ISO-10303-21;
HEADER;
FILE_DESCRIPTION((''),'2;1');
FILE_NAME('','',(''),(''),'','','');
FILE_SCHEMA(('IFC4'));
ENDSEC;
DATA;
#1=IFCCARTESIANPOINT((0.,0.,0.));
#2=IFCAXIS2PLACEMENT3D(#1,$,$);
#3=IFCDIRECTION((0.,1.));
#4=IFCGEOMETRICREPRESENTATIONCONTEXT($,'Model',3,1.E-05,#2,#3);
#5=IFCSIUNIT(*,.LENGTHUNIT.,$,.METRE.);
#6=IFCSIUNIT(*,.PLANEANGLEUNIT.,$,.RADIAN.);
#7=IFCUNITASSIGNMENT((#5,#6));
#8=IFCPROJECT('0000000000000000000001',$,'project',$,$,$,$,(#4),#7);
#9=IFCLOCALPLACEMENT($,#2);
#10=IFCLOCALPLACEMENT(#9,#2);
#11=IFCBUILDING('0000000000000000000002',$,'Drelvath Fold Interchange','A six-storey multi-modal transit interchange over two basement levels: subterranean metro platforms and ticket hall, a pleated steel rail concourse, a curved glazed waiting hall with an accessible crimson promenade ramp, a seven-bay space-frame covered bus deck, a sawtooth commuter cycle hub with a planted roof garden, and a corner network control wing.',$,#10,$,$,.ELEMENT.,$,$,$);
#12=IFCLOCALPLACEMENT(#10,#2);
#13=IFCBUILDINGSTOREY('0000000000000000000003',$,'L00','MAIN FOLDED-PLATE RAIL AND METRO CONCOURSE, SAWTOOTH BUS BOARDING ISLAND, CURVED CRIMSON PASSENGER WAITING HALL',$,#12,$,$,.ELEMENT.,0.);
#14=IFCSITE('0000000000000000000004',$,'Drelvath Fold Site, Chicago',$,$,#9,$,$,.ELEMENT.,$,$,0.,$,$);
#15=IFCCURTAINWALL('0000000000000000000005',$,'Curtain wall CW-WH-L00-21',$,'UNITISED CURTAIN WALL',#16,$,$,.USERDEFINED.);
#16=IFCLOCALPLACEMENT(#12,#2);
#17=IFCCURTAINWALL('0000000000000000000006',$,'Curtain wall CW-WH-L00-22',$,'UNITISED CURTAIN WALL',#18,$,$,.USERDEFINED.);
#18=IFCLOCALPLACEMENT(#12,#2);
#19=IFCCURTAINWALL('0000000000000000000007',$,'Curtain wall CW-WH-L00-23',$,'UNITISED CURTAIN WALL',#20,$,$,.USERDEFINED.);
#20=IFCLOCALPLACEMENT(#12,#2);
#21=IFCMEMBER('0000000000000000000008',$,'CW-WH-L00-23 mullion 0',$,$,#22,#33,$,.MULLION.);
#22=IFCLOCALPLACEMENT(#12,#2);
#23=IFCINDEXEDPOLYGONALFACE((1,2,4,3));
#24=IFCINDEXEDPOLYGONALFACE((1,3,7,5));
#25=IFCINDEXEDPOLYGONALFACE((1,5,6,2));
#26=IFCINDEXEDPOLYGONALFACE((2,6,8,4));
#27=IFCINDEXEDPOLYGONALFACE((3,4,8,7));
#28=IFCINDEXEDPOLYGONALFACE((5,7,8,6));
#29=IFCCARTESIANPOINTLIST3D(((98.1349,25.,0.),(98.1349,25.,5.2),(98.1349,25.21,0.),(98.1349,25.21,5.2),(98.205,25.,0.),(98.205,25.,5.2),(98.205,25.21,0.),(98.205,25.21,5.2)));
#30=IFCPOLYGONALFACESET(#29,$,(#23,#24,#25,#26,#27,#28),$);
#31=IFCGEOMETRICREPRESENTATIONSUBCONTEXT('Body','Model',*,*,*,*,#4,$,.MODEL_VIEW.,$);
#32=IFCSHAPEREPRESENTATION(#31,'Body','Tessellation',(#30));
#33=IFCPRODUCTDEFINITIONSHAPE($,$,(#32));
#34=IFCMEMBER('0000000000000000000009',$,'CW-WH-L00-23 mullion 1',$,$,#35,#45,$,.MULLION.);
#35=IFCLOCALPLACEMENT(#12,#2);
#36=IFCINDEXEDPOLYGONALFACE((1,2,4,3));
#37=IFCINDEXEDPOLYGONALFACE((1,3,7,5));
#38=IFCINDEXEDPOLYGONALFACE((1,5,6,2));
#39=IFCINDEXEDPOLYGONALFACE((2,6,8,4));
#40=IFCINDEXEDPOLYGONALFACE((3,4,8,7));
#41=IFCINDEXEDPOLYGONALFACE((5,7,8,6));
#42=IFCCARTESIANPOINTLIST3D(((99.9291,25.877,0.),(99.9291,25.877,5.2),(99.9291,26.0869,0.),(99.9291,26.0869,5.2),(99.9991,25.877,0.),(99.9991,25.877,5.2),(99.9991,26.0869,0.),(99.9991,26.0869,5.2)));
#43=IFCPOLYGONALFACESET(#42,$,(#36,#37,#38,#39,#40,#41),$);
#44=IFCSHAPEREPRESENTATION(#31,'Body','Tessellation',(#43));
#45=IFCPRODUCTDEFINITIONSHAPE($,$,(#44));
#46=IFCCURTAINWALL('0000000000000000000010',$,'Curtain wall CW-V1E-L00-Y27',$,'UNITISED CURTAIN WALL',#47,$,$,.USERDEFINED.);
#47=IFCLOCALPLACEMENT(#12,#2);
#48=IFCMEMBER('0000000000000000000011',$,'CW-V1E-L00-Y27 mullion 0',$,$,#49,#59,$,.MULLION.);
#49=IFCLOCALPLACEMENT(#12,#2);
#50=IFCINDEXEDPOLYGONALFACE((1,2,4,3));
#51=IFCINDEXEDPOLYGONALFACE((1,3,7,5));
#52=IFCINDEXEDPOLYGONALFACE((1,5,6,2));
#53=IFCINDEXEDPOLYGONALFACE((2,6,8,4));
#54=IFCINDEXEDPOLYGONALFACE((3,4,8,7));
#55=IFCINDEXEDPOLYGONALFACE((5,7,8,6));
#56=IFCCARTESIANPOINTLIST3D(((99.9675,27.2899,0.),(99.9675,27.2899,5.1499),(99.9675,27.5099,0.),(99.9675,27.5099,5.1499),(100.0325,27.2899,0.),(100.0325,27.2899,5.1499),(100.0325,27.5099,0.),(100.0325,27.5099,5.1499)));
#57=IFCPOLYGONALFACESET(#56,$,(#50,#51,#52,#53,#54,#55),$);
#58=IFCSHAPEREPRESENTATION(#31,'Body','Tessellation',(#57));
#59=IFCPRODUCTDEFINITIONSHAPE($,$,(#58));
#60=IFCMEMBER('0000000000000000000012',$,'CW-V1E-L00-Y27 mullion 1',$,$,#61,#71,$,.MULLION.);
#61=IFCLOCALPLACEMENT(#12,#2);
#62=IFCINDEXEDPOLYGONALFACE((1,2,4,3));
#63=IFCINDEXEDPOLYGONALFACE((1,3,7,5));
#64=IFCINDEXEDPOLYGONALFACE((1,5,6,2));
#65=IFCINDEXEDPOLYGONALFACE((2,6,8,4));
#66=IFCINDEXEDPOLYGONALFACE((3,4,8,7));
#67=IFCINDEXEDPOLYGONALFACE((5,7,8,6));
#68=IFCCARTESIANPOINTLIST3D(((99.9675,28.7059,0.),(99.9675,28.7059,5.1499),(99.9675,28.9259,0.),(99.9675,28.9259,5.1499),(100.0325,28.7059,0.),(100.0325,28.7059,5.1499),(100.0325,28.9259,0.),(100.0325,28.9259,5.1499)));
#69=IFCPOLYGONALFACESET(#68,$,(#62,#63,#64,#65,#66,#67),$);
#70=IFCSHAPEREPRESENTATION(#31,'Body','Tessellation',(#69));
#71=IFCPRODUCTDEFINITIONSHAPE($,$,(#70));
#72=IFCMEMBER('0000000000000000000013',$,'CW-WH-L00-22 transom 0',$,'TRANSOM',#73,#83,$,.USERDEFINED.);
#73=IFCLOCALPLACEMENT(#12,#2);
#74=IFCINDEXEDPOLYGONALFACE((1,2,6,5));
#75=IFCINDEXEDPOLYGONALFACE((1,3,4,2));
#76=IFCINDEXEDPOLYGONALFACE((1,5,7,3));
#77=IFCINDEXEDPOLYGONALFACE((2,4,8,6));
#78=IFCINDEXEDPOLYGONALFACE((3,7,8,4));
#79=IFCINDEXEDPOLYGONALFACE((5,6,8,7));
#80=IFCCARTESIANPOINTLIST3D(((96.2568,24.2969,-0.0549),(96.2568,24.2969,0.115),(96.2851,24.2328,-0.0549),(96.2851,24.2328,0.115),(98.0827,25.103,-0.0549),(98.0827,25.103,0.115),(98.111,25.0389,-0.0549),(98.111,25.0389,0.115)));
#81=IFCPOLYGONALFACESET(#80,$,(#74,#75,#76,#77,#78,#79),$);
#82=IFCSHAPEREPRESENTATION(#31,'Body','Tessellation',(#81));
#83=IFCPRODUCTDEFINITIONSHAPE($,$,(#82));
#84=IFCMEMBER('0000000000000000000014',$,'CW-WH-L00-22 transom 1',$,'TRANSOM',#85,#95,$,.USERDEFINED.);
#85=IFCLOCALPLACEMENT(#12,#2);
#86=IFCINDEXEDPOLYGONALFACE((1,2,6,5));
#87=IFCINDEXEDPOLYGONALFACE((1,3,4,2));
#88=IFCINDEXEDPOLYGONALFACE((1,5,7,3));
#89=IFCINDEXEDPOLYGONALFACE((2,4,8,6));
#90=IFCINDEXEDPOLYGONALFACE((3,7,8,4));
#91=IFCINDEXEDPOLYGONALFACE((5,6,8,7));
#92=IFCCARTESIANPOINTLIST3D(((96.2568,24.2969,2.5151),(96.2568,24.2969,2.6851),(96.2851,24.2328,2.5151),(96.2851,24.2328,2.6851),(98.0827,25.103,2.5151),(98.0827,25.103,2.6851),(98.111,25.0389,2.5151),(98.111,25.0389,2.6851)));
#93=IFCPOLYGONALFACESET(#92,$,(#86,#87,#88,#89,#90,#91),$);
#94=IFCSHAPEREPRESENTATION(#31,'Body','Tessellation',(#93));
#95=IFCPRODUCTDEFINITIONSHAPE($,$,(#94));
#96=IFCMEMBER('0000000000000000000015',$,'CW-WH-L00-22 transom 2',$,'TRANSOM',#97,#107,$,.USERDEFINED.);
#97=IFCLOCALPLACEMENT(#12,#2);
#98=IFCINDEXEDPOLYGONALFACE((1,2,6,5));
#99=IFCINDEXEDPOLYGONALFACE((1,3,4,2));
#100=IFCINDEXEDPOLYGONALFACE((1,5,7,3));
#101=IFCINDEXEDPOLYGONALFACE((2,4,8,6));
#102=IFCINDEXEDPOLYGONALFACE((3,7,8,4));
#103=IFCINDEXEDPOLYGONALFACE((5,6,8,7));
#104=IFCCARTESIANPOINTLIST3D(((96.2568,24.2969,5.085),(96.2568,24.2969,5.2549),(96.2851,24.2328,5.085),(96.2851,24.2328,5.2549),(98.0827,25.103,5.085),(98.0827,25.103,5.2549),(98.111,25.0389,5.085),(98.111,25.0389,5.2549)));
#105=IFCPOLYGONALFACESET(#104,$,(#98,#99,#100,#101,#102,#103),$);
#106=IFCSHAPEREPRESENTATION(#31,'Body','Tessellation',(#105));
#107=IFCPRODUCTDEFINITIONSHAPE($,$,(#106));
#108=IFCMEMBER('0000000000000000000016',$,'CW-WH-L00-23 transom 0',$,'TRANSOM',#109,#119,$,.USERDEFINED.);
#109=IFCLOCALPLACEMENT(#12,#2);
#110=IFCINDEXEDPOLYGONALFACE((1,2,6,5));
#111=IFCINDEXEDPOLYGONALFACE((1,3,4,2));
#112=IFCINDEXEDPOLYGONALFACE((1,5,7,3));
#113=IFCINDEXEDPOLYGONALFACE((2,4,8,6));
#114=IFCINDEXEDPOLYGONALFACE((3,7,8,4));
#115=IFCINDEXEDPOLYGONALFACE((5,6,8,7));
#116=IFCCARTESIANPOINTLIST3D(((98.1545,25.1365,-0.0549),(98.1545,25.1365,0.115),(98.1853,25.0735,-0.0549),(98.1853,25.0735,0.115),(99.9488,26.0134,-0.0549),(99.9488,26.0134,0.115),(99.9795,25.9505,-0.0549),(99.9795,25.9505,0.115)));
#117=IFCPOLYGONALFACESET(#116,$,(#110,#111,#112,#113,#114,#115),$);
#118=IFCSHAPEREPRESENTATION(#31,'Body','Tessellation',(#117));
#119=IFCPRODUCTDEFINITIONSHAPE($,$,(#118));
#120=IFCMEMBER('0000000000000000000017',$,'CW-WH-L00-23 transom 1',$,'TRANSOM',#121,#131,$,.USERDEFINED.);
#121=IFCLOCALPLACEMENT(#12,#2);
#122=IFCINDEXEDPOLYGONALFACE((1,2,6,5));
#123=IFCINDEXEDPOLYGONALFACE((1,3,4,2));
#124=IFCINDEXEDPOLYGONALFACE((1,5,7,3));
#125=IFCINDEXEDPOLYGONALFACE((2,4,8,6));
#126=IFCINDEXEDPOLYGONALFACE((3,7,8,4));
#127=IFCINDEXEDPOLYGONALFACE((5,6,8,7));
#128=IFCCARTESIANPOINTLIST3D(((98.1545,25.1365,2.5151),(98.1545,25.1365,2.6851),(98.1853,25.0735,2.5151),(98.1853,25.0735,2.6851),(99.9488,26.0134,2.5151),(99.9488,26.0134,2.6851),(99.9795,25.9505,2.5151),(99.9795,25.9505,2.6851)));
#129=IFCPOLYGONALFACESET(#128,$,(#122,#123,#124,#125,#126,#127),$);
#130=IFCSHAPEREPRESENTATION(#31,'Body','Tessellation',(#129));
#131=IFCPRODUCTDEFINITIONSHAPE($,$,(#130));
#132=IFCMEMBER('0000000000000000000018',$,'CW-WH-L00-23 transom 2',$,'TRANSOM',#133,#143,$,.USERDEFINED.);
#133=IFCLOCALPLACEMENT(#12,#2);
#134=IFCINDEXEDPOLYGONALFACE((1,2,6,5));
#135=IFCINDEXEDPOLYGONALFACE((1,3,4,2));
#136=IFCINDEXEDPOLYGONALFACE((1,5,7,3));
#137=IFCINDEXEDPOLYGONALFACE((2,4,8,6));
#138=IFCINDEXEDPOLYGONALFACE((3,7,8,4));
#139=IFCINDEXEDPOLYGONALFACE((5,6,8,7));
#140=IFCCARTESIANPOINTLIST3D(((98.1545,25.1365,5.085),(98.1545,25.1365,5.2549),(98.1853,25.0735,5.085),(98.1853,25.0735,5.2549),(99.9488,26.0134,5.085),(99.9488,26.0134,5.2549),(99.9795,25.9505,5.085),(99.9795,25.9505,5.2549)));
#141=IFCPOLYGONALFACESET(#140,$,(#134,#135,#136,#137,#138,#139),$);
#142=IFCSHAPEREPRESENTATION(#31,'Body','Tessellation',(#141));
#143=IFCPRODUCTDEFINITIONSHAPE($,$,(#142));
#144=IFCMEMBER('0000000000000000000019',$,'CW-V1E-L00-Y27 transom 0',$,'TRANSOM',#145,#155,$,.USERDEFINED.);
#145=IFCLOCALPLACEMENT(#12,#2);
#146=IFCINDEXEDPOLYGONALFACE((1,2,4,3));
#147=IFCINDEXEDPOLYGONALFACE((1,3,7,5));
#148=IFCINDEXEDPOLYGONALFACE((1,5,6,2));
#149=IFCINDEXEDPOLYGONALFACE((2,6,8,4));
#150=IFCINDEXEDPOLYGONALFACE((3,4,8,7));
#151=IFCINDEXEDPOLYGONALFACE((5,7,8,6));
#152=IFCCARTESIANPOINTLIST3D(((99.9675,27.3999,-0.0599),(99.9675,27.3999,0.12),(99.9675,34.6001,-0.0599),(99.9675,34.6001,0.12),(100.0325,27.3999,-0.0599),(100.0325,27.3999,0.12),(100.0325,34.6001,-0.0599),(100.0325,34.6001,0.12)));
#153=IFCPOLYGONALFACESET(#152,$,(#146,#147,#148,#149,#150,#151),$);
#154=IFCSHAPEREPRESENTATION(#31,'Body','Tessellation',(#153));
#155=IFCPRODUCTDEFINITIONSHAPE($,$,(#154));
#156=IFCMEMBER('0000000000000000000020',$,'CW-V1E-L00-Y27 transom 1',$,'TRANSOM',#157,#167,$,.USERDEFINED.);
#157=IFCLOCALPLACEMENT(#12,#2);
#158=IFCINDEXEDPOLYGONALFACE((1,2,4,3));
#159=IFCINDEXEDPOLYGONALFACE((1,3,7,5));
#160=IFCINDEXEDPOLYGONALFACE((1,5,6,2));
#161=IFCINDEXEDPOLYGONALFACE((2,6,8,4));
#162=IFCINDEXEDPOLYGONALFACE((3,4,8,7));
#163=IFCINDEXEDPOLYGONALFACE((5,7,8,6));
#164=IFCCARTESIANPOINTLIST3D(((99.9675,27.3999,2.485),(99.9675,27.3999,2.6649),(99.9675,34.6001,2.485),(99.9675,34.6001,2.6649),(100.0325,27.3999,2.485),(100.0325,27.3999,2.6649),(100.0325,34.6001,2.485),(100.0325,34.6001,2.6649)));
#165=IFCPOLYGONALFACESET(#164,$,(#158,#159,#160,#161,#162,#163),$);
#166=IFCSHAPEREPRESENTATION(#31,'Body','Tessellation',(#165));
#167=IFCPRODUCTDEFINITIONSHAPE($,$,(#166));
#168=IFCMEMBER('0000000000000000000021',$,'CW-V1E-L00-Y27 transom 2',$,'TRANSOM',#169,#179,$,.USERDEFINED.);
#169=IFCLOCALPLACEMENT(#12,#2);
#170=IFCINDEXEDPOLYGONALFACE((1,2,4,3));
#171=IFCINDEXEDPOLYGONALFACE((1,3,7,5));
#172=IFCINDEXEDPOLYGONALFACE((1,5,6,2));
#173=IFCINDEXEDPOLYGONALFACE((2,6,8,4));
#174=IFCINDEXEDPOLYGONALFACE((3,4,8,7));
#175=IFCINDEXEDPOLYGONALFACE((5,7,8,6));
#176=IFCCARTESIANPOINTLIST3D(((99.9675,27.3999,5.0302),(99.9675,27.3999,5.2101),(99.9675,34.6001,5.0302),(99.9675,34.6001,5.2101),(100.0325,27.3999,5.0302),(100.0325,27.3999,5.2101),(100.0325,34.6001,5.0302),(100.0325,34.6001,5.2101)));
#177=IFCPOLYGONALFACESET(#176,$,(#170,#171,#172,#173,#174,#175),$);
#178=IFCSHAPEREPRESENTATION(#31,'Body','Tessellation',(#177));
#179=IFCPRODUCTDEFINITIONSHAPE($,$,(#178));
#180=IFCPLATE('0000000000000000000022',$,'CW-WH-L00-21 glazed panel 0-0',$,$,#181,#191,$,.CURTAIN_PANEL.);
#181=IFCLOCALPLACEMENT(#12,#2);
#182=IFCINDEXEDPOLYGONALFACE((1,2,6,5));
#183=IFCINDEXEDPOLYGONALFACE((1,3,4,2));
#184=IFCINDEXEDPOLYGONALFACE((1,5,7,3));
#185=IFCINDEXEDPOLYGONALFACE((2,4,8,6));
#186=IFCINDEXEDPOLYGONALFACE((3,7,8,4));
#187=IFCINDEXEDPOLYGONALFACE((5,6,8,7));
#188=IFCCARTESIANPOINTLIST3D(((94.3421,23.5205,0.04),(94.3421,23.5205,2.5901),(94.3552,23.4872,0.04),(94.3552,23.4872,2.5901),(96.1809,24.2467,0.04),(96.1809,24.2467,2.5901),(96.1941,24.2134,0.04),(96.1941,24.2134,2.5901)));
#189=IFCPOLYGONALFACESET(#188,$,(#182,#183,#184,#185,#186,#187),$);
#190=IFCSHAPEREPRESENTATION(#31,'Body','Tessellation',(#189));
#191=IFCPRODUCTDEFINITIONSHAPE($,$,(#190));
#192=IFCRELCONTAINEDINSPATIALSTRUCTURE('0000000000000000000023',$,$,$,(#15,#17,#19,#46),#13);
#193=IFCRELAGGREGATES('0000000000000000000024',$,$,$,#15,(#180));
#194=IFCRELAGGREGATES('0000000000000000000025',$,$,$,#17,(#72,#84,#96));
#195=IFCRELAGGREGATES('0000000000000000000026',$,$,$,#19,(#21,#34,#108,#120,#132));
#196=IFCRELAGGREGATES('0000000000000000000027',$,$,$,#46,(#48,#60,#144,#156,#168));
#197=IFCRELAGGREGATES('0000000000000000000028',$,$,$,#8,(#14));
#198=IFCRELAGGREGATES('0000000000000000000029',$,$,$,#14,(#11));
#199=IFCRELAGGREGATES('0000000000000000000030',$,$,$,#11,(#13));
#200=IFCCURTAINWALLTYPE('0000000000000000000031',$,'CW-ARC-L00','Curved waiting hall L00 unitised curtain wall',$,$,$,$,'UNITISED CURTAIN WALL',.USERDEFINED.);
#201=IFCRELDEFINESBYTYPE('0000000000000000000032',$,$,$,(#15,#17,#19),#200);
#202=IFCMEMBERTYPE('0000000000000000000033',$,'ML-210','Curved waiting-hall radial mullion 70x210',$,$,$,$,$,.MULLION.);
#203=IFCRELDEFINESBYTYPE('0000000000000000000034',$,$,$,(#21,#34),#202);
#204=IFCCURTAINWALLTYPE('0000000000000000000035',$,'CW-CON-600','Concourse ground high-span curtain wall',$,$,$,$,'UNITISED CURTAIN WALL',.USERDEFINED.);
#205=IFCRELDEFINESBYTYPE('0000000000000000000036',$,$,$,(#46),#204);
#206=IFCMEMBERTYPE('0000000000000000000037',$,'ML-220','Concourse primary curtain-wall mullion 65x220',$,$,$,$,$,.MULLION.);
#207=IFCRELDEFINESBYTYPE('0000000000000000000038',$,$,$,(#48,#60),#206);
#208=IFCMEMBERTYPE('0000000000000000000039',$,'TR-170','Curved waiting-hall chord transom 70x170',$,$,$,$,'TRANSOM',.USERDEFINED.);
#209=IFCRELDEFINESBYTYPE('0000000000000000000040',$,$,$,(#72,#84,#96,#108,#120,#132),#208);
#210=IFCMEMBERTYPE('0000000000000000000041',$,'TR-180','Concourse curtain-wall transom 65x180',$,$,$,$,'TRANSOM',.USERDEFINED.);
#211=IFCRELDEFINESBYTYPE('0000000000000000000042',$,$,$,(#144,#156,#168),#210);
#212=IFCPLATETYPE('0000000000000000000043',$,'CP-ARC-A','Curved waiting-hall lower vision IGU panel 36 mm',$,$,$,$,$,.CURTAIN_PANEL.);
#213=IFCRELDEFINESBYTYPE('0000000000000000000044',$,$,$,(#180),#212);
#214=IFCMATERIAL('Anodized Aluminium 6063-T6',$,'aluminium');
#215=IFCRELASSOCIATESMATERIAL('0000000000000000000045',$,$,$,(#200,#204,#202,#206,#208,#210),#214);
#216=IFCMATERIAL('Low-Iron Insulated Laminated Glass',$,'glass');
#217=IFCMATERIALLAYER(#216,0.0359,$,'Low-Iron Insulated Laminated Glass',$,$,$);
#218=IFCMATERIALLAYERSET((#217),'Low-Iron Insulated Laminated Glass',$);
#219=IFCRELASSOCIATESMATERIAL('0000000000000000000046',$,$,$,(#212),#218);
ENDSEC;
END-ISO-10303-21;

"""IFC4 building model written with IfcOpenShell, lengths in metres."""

from ifc_helpers import new_model, si_unit, direction, frame, origin, origin_2d, place, context, subcontext, project, spatial, rectangle, extrude, material, layer, layer_set, material_profile, profile_set, type_object, element, aggregate, save


model = new_model("IFC4")

# Units and contexts
model_context = context("Model", 3, precision=1e-05, world=origin(), true_north=direction((0.0, 1.0)))
body_context = subcontext(model_context, "Body", "Model", "MODEL_VIEW")
ifc_project = project(units=[si_unit("LENGTHUNIT", "METRE"), si_unit("PLANEANGLEUNIT", "RADIAN")], contexts=[model_context])

# Site, building, storey
site_placement = place(None, origin())
site = spatial("IfcSite", under=ifc_project, at=site_placement, Name="Drelvath Fold Site, Chicago", CompositionType="ELEMENT", RefElevation=0.0)
building_placement = place(site_placement, origin())
building = spatial("IfcBuilding", under=site, at=building_placement, Name="Drelvath Fold Interchange", Description="A six-storey multi-modal transit interchange over two basement levels: subterranean metro platforms and ticket hall, a pleated steel rail concourse, a curved glazed waiting hall with an accessible crimson promenade ramp, a seven-bay space-frame covered bus deck, a sawtooth commuter cycle hub with a planted roof garden, and a corner network control wing.", CompositionType="ELEMENT")
storey_placement = place(building_placement, origin())
storey = spatial("IfcBuildingStorey", under=building, at=storey_placement, Name="L00", Description="MAIN FOLDED-PLATE RAIL AND METRO CONCOURSE, SAWTOOTH BUS BOARDING ISLAND, CURVED CRIMSON PASSENGER WAITING HALL", CompositionType="ELEMENT", Elevation=0.0)

# Curtain wall
ifc_material_1 = material(Name="Anodized Aluminium 6063-T6", Category="aluminium")
curtain_wall_type_1 = type_object("IfcCurtainWallType", Name="CW-ARC-L00", Description="Curved waiting hall L00 unitised curtain wall", ElementType="UNITISED CURTAIN WALL", PredefinedType="USERDEFINED", material=ifc_material_1)
curtain_wall_1_placement = place(storey_placement, origin())
curtain_wall_1 = element("IfcCurtainWall", 1, at=curtain_wall_1_placement, inside=storey, type_object=curtain_wall_type_1, Name="Curtain wall CW-WH-L00-21", ObjectType="UNITISED CURTAIN WALL", PredefinedType="USERDEFINED")
ifc_material_profile_1 = material_profile(ifc_material_1, rectangle(XDim=0.0701, YDim=0.21, at=origin_2d()), Name="AL-M 70x210")
ifc_profile_set_1 = profile_set([ifc_material_profile_1], Name="Anodized Aluminium 6063-T6")
member_type_1 = type_object("IfcMemberType", Name="ML-210", Description="Curved waiting-hall radial mullion 70x210", PredefinedType="MULLION", material=ifc_profile_set_1)

# Curtain walls, members
curtain_wall_2_placement = place(storey_placement, origin())
curtain_wall_2 = element("IfcCurtainWall", 2, at=curtain_wall_2_placement, inside=storey, type_object=curtain_wall_type_1, Name="Curtain wall CW-WH-L00-22", ObjectType="UNITISED CURTAIN WALL", PredefinedType="USERDEFINED")
curtain_wall_3_placement = place(storey_placement, origin())
curtain_wall_3 = element("IfcCurtainWall", 3, at=curtain_wall_3_placement, inside=storey, type_object=curtain_wall_type_1, Name="Curtain wall CW-WH-L00-23", ObjectType="UNITISED CURTAIN WALL", PredefinedType="USERDEFINED")
member_1_placement = place(storey_placement, frame((98.1699, 25.105, 0.0), z_axis=(0.0, 0.0, 1.0), x_axis=(1.0, 0.0, 0.0)))
member_1 = element("IfcMember", 4, at=member_1_placement, type_object=member_type_1, Name="CW-WH-L00-23 mullion 0", PredefinedType="MULLION", context=body_context, shape_type="SweptSolid", body=[
    extrude(rectangle(XDim=0.0701, YDim=0.21, at=origin_2d()), origin(), (0.0, 0.0, 1.0), 5.2),
])
member_2_placement = place(storey_placement, frame((99.9641, 25.9819, 0.0), z_axis=(0.0, 0.0, 1.0), x_axis=(1.0, 0.0, 0.0)))
member_2 = element("IfcMember", 5, at=member_2_placement, type_object=member_type_1, Name="CW-WH-L00-23 mullion 1", PredefinedType="MULLION", context=body_context, shape_type="SweptSolid", body=[
    extrude(rectangle(XDim=0.0701, YDim=0.21, at=origin_2d()), origin(), (0.0, 0.0, 1.0), 5.2),
])
curtain_wall_type_2 = type_object("IfcCurtainWallType", Name="CW-CON-600", Description="Concourse ground high-span curtain wall", ElementType="UNITISED CURTAIN WALL", PredefinedType="USERDEFINED", material=ifc_material_1)
curtain_wall_4_placement = place(storey_placement, origin())
curtain_wall_4 = element("IfcCurtainWall", 6, at=curtain_wall_4_placement, inside=storey, type_object=curtain_wall_type_2, Name="Curtain wall CW-V1E-L00-Y27", ObjectType="UNITISED CURTAIN WALL", PredefinedType="USERDEFINED")
ifc_material_profile_2 = material_profile(ifc_material_1, rectangle(XDim=0.0649, YDim=0.22, at=origin_2d()), Name="AL-M 65x220")
ifc_profile_set_2 = profile_set([ifc_material_profile_2], Name="Anodized Aluminium 6063-T6")
member_type_2 = type_object("IfcMemberType", Name="ML-220", Description="Concourse primary curtain-wall mullion 65x220", PredefinedType="MULLION", material=ifc_profile_set_2)
member_3_placement = place(storey_placement, frame((100.0, 27.3999, 0.0), z_axis=(0.0, 0.0, 1.0), x_axis=(1.0, 0.0, 0.0)))
member_3 = element("IfcMember", 7, at=member_3_placement, type_object=member_type_2, Name="CW-V1E-L00-Y27 mullion 0", PredefinedType="MULLION", context=body_context, shape_type="SweptSolid", body=[
    extrude(rectangle(XDim=0.0649, YDim=0.22, at=origin_2d()), origin(), (0.0, 0.0, 1.0), 5.1499),
])
member_4_placement = place(storey_placement, frame((100.0, 28.8159, 0.0), z_axis=(0.0, 0.0, 1.0), x_axis=(1.0, 0.0, 0.0)))
member_4 = element("IfcMember", 8, at=member_4_placement, type_object=member_type_2, Name="CW-V1E-L00-Y27 mullion 1", PredefinedType="MULLION", context=body_context, shape_type="SweptSolid", body=[
    extrude(rectangle(XDim=0.0649, YDim=0.22, at=origin_2d()), origin(), (0.0, 0.0, 1.0), 5.1499),
])

# Members
ifc_material_profile_3 = material_profile(ifc_material_1, rectangle(XDim=0.0701, YDim=0.1699, at=origin_2d()), Name="AL-T 70x170")
ifc_profile_set_3 = profile_set([ifc_material_profile_3], Name="Anodized Aluminium 6063-T6")
member_type_3 = type_object("IfcMemberType", Name="TR-170", Description="Curved waiting-hall chord transom 70x170", ElementType="TRANSOM", PredefinedType="USERDEFINED", material=ifc_profile_set_3)
member_5_placement = place(storey_placement, frame((96.271, 24.2649, 0.03), z_axis=(0.914807, 0.40389, 0.0), x_axis=(-0.40389, 0.914807, 0.0)))
member_5 = element("IfcMember", 9, at=member_5_placement, type_object=member_type_3, Name="CW-WH-L00-22 transom 0", ObjectType="TRANSOM", PredefinedType="USERDEFINED", context=body_context, shape_type="SweptSolid", body=[
    extrude(rectangle(XDim=0.0701, YDim=0.1699, at=origin_2d()), origin(), (0.0, 0.0, 1.0), 1.9958),
])
member_6_placement = place(storey_placement, frame((96.271, 24.2649, 2.6001), z_axis=(0.914807, 0.40389, 0.0), x_axis=(-0.40389, 0.914807, 0.0)))
member_6 = element("IfcMember", 10, at=member_6_placement, type_object=member_type_3, Name="CW-WH-L00-22 transom 1", ObjectType="TRANSOM", PredefinedType="USERDEFINED", context=body_context, shape_type="SweptSolid", body=[
    extrude(rectangle(XDim=0.0701, YDim=0.1699, at=origin_2d()), origin(), (0.0, 0.0, 1.0), 1.9958),
])
member_7_placement = place(storey_placement, frame((96.271, 24.2649, 5.1699), z_axis=(0.914807, 0.40389, 0.0), x_axis=(-0.40389, 0.914807, 0.0)))
member_7 = element("IfcMember", 11, at=member_7_placement, type_object=member_type_3, Name="CW-WH-L00-22 transom 2", ObjectType="TRANSOM", PredefinedType="USERDEFINED", context=body_context, shape_type="SweptSolid", body=[
    extrude(rectangle(XDim=0.0701, YDim=0.1699, at=origin_2d()), origin(), (0.0, 0.0, 1.0), 1.9958),
])
member_8_placement = place(storey_placement, frame((98.1699, 25.105, 0.03), z_axis=(0.898425, 0.439127, 0.0), x_axis=(-0.439127, 0.898425, 0.0)))
member_8 = element("IfcMember", 12, at=member_8_placement, type_object=member_type_3, Name="CW-WH-L00-23 transom 0", ObjectType="TRANSOM", PredefinedType="USERDEFINED", context=body_context, shape_type="SweptSolid", body=[
    extrude(rectangle(XDim=0.0701, YDim=0.1699, at=origin_2d()), origin(), (0.0, 0.0, 1.0), 1.9971),
])
member_9_placement = place(storey_placement, frame((98.1699, 25.105, 2.6001), z_axis=(0.898425, 0.439127, 0.0), x_axis=(-0.439127, 0.898425, 0.0)))
member_9 = element("IfcMember", 13, at=member_9_placement, type_object=member_type_3, Name="CW-WH-L00-23 transom 1", ObjectType="TRANSOM", PredefinedType="USERDEFINED", context=body_context, shape_type="SweptSolid", body=[
    extrude(rectangle(XDim=0.0701, YDim=0.1699, at=origin_2d()), origin(), (0.0, 0.0, 1.0), 1.9971),
])
member_10_placement = place(storey_placement, frame((98.1699, 25.105, 5.1699), z_axis=(0.898425, 0.439127, 0.0), x_axis=(-0.439127, 0.898425, 0.0)))
member_10 = element("IfcMember", 14, at=member_10_placement, type_object=member_type_3, Name="CW-WH-L00-23 transom 2", ObjectType="TRANSOM", PredefinedType="USERDEFINED", context=body_context, shape_type="SweptSolid", body=[
    extrude(rectangle(XDim=0.0701, YDim=0.1699, at=origin_2d()), origin(), (0.0, 0.0, 1.0), 1.9971),
])
ifc_material_profile_4 = material_profile(ifc_material_1, rectangle(XDim=0.0649, YDim=0.1799, at=origin_2d()), Name="AL-T 65x180")
ifc_profile_set_4 = profile_set([ifc_material_profile_4], Name="Anodized Aluminium 6063-T6")
member_type_4 = type_object("IfcMemberType", Name="TR-180", Description="Concourse curtain-wall transom 65x180", ElementType="TRANSOM", PredefinedType="USERDEFINED", material=ifc_profile_set_4)
member_11_placement = place(storey_placement, frame((100.0, 27.3999, 0.03), z_axis=(0.0, 1.0, 0.0), x_axis=(-1.0, 0.0, 0.0)))
member_11 = element("IfcMember", 15, at=member_11_placement, type_object=member_type_4, Name="CW-V1E-L00-Y27 transom 0", ObjectType="TRANSOM", PredefinedType="USERDEFINED", context=body_context, shape_type="SweptSolid", body=[
    extrude(rectangle(XDim=0.0649, YDim=0.1799, at=origin_2d()), origin(), (0.0, 0.0, 1.0), 7.2002),
])
member_12_placement = place(storey_placement, frame((100.0, 27.3999, 2.575), z_axis=(0.0, 1.0, 0.0), x_axis=(-1.0, 0.0, 0.0)))
member_12 = element("IfcMember", 16, at=member_12_placement, type_object=member_type_4, Name="CW-V1E-L00-Y27 transom 1", ObjectType="TRANSOM", PredefinedType="USERDEFINED", context=body_context, shape_type="SweptSolid", body=[
    extrude(rectangle(XDim=0.0649, YDim=0.1799, at=origin_2d()), origin(), (0.0, 0.0, 1.0), 7.2002),
])
member_13_placement = place(storey_placement, frame((100.0, 27.3999, 5.1201), z_axis=(0.0, 1.0, 0.0), x_axis=(-1.0, 0.0, 0.0)))
member_13 = element("IfcMember", 17, at=member_13_placement, type_object=member_type_4, Name="CW-V1E-L00-Y27 transom 2", ObjectType="TRANSOM", PredefinedType="USERDEFINED", context=body_context, shape_type="SweptSolid", body=[
    extrude(rectangle(XDim=0.0649, YDim=0.1799, at=origin_2d()), origin(), (0.0, 0.0, 1.0), 7.2002),
])

# Plate
ifc_material_2 = material(Name="Low-Iron Insulated Laminated Glass", Category="glass")
ifc_layer_1 = layer(ifc_material_2, 0.0359, Name="Low-Iron Insulated Laminated Glass")
ifc_layer_set_1 = layer_set([ifc_layer_1], Name="Low-Iron Insulated Laminated Glass")
plate_type_1 = type_object("IfcPlateType", Name="CP-ARC-A", Description="Curved waiting-hall lower vision IGU panel 36 mm", PredefinedType="CURTAIN_PANEL", material=ifc_layer_set_1)
plate_1_placement = place(storey_placement, frame((95.2681, 23.8669, 0.04), z_axis=(0.0, 0.0, 1.0), x_axis=(0.930097, 0.367313, 0.0)))
plate_1 = element("IfcPlate", 18, at=plate_1_placement, type_object=plate_type_1, Name="CW-WH-L00-21 glazed panel 0-0", PredefinedType="CURTAIN_PANEL", context=body_context, shape_type="SweptSolid", body=[
    extrude(rectangle(XDim=1.9771, YDim=0.0359, at=origin_2d()), origin(), (0.0, 0.0, 1.0), 2.55),
])
aggregate(curtain_wall_1, [plate_1])
aggregate(curtain_wall_2, [member_5, member_6, member_7])
aggregate(curtain_wall_3, [member_1, member_2, member_8, member_9, member_10])
aggregate(curtain_wall_4, [member_3, member_4, member_11, member_12, member_13])

save(model, "model.ifc")
